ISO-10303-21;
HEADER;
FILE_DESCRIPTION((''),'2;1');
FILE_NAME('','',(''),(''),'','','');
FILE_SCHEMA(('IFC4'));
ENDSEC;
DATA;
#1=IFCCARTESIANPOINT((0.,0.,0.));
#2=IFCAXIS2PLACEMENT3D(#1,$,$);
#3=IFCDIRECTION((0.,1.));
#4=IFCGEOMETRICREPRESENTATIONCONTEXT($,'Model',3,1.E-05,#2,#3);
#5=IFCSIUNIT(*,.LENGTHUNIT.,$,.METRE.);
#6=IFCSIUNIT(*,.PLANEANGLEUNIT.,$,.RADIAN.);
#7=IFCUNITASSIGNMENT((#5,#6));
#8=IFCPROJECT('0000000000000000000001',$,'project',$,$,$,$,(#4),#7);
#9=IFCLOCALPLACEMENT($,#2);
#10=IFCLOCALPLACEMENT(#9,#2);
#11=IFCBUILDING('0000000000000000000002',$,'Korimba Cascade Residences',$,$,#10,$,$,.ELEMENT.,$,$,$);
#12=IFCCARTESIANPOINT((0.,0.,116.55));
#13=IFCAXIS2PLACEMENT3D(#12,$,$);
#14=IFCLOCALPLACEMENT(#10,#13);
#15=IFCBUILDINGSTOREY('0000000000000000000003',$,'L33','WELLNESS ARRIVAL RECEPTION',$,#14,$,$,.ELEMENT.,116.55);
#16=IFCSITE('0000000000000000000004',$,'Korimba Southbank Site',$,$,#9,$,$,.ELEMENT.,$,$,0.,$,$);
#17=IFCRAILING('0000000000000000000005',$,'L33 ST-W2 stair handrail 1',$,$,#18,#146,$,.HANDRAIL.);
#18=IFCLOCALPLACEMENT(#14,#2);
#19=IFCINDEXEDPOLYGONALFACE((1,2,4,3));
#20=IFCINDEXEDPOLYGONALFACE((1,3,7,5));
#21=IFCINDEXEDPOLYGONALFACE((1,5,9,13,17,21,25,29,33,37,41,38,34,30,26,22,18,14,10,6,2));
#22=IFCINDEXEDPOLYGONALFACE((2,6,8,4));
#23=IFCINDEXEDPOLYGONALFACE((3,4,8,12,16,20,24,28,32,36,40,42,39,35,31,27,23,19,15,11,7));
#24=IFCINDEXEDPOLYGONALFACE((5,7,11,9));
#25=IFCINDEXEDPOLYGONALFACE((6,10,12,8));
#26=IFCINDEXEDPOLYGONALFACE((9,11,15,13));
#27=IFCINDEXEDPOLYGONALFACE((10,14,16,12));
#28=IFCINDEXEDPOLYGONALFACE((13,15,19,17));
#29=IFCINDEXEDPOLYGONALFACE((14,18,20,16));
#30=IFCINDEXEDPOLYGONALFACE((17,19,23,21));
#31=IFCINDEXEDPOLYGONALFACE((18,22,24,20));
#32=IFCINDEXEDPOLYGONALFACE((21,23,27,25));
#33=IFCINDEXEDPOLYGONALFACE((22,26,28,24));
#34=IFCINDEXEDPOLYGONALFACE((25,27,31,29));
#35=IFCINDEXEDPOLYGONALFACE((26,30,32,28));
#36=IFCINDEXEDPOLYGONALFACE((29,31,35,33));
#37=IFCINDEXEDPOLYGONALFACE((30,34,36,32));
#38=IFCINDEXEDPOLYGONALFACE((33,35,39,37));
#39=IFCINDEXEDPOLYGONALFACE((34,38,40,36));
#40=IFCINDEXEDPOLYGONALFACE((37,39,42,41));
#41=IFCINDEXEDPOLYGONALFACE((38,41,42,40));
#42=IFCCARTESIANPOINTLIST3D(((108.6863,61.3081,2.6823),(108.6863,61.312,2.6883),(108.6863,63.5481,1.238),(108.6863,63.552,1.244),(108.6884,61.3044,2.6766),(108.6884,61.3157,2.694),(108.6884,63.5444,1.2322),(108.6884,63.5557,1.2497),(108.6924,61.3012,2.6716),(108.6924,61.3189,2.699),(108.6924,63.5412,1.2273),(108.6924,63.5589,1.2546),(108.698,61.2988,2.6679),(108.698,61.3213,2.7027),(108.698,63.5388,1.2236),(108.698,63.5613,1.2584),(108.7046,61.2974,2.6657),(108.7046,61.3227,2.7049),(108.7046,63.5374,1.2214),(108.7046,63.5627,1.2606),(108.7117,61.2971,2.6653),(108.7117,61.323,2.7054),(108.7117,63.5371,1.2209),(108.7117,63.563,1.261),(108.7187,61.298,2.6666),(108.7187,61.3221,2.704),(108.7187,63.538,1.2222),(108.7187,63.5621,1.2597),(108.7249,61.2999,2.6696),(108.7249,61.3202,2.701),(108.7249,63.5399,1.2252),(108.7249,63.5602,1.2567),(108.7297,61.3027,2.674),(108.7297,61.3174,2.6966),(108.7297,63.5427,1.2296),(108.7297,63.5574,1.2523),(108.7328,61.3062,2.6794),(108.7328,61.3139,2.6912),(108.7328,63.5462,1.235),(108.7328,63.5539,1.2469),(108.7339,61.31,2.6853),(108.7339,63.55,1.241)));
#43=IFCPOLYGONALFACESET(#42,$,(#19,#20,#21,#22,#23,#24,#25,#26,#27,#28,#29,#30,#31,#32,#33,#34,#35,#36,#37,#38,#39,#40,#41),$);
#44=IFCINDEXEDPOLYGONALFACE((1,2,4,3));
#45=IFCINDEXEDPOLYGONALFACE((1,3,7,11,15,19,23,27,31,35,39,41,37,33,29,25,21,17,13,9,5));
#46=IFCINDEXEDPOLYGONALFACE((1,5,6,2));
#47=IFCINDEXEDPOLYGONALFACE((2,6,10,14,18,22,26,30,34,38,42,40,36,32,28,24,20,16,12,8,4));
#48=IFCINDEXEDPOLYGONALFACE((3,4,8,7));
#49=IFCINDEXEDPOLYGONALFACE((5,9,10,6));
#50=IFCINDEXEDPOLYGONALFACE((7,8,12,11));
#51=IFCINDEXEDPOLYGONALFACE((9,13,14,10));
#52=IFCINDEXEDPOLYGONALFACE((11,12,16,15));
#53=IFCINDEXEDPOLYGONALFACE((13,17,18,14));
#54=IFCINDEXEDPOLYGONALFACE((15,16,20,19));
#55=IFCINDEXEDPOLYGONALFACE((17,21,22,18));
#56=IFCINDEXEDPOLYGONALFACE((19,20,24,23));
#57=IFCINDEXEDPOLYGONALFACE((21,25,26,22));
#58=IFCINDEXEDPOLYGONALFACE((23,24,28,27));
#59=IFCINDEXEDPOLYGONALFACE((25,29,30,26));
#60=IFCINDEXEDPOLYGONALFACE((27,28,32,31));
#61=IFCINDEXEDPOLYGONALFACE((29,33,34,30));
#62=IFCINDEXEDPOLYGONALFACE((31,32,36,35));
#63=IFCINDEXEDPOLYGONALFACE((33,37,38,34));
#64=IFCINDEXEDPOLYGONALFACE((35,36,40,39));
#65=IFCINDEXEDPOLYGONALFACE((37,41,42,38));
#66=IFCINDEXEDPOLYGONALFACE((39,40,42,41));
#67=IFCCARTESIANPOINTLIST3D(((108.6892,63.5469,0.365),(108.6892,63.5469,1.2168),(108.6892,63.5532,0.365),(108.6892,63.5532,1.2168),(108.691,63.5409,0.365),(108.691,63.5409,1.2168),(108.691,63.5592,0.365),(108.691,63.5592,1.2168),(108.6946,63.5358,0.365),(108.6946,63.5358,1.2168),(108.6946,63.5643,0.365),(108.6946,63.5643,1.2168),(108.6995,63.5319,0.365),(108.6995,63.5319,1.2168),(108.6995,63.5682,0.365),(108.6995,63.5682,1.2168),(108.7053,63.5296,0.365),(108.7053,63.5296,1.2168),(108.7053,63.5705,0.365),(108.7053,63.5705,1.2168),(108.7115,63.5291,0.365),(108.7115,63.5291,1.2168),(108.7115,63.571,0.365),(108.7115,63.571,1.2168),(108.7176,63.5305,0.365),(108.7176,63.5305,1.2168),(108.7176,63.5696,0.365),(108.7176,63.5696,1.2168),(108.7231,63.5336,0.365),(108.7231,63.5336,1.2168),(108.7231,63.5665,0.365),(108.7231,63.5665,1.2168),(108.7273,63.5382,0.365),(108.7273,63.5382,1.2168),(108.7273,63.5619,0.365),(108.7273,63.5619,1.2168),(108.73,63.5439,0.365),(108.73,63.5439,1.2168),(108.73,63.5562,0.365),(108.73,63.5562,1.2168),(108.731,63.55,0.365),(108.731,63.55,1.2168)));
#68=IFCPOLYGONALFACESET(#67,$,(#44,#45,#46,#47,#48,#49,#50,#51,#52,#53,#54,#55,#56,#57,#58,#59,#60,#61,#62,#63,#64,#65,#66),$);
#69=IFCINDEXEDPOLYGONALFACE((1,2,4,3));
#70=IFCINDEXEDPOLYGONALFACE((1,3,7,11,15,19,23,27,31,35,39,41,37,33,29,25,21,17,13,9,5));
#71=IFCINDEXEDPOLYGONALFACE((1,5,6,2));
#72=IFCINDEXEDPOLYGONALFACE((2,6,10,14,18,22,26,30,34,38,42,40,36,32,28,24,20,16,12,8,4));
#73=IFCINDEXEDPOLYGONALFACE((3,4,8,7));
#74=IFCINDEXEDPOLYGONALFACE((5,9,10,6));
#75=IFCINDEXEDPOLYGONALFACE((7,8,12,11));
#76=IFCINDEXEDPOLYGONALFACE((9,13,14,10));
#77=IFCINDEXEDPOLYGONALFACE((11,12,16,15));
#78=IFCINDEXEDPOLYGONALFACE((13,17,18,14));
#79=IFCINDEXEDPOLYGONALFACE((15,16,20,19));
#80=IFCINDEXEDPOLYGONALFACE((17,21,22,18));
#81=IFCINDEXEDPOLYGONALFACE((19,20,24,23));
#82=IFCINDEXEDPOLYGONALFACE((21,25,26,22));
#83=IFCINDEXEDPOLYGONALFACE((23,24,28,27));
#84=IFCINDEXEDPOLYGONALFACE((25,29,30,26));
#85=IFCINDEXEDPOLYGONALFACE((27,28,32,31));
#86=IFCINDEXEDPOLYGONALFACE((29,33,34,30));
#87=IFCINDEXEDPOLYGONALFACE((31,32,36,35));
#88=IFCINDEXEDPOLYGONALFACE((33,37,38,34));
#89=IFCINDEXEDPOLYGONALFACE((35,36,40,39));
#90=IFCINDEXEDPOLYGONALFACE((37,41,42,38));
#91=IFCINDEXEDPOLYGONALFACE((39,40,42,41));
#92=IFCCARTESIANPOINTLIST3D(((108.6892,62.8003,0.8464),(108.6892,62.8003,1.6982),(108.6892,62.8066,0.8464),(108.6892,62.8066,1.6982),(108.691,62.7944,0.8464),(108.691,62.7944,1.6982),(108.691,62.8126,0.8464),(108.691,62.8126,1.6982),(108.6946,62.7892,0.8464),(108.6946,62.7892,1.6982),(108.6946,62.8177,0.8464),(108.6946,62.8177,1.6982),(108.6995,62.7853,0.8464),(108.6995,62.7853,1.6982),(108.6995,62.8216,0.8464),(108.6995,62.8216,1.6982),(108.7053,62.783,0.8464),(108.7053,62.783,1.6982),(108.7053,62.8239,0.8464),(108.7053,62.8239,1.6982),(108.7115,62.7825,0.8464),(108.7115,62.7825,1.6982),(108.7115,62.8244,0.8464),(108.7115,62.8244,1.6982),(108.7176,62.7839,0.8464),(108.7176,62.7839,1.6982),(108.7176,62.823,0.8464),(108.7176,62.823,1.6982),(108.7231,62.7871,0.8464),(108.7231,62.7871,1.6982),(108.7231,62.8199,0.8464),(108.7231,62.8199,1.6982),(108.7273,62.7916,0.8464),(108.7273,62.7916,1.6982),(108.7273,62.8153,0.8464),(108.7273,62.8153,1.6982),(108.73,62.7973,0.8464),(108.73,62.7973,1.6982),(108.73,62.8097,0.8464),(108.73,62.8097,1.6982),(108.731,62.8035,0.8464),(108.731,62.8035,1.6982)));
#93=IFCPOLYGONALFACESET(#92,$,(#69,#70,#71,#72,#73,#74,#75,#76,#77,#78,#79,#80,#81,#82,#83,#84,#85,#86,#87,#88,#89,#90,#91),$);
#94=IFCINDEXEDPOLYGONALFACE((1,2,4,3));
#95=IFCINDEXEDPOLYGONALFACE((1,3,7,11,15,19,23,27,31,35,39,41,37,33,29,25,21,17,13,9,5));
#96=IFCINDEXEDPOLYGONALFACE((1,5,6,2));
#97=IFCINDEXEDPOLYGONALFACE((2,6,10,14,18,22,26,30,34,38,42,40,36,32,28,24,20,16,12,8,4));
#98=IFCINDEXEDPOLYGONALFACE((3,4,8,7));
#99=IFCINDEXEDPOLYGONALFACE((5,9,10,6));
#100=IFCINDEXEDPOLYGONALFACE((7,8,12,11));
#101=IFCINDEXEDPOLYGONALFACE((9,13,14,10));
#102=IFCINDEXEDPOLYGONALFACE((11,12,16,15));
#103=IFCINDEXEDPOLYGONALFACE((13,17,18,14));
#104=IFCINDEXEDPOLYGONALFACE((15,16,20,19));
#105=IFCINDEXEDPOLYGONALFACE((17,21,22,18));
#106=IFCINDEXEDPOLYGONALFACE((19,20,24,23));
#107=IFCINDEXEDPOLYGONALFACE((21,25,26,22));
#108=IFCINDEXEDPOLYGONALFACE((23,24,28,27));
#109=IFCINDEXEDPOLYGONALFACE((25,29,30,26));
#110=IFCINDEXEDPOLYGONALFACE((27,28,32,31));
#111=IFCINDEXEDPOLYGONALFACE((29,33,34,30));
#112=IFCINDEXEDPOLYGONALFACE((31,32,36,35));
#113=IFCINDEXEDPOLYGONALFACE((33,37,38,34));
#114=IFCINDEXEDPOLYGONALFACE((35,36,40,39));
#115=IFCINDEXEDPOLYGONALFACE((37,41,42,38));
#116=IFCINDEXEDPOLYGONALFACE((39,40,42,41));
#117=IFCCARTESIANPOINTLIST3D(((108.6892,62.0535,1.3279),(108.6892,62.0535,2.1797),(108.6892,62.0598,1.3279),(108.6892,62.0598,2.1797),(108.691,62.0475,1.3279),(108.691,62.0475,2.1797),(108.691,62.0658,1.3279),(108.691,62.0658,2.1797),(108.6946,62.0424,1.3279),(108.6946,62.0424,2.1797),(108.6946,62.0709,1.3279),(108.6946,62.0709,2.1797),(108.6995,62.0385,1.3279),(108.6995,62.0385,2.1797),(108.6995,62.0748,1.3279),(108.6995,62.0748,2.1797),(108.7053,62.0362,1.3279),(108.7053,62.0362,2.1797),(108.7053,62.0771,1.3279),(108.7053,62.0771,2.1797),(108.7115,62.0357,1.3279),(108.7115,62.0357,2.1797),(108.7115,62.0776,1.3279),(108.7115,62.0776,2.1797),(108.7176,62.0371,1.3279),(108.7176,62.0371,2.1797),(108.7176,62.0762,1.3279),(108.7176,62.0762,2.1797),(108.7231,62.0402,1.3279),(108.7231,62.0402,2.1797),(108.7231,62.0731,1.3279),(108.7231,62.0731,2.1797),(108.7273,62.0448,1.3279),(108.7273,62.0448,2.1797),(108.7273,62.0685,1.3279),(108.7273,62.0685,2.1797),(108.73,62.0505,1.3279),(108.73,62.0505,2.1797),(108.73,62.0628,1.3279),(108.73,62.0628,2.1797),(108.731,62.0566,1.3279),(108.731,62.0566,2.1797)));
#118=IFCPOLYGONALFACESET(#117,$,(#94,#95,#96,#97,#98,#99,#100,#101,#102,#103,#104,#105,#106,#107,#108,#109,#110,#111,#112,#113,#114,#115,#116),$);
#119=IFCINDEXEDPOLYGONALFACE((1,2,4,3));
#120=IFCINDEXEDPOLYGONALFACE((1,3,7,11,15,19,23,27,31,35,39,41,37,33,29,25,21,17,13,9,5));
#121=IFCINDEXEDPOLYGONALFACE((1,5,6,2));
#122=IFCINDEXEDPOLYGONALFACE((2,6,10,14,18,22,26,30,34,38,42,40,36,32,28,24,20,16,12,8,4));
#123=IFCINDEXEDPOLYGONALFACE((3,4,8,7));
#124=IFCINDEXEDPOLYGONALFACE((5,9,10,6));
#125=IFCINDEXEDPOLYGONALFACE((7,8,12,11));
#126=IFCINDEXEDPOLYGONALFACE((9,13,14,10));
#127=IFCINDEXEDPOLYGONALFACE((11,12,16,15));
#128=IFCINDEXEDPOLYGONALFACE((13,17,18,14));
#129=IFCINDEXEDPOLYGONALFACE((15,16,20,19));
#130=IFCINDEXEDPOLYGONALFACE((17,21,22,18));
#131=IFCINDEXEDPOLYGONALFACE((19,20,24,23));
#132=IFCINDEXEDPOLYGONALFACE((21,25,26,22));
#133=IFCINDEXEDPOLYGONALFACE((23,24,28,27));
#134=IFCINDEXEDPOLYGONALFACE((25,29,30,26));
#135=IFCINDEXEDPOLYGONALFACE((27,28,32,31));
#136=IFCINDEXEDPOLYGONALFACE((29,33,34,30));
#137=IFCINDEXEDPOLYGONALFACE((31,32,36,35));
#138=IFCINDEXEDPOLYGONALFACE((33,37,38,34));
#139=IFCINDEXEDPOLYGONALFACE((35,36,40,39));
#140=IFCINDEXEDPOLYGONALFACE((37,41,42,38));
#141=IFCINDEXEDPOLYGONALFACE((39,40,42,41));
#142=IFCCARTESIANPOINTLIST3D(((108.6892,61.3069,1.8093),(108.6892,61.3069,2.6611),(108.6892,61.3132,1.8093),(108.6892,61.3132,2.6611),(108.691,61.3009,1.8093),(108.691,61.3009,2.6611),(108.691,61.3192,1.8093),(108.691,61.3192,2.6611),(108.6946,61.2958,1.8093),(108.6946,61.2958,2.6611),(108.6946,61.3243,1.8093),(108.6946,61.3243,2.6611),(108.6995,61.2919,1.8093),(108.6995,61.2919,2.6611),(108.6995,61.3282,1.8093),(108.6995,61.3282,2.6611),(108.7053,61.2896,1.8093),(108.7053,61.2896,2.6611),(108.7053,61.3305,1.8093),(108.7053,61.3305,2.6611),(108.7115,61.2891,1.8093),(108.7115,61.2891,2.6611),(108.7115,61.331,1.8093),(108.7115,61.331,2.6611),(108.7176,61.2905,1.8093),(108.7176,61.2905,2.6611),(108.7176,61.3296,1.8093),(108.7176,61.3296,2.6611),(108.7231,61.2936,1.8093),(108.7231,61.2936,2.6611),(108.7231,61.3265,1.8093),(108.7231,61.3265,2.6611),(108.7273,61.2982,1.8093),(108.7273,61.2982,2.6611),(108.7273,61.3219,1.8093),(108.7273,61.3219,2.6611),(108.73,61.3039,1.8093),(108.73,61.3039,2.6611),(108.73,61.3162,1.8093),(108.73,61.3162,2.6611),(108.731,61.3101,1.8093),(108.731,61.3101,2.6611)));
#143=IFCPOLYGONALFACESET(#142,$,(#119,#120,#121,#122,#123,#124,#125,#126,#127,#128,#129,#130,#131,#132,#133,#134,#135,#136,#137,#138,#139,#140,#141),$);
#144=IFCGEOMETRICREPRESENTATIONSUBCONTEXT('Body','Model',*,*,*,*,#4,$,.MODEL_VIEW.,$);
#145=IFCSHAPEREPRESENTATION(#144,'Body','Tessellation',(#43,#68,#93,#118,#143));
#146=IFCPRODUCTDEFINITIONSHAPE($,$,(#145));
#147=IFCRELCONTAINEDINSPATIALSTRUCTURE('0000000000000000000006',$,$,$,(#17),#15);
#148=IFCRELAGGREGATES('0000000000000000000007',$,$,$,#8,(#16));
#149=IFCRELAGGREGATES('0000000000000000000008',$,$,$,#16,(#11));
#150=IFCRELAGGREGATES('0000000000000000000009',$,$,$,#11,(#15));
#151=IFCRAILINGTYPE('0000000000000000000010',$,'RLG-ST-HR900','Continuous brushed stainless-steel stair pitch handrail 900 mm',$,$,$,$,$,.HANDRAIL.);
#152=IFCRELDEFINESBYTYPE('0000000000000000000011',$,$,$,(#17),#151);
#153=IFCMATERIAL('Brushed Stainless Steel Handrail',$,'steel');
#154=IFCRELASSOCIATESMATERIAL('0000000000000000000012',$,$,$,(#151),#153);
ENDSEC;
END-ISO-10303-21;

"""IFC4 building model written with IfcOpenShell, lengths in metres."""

from ifc_helpers import new_model, si_unit, direction, frame, origin, origin_2d, place, context, subcontext, project, spatial, circle, extrude, material, type_object, element, save


model = new_model("IFC4")

# Units and contexts
model_context = context("Model", 3, precision=1e-05, world=origin(), true_north=direction((0.0, 1.0)))
body_context = subcontext(model_context, "Body", "Model", "MODEL_VIEW")
ifc_project = project(units=[si_unit("LENGTHUNIT", "METRE"), si_unit("PLANEANGLEUNIT", "RADIAN")], contexts=[model_context])

# Site, building, storey
site_placement = place(None, origin())
site = spatial("IfcSite", under=ifc_project, at=site_placement, Name="Korimba Southbank Site", CompositionType="ELEMENT", RefElevation=0.0)
building_placement = place(site_placement, origin())
building = spatial("IfcBuilding", under=site, at=building_placement, Name="Korimba Cascade Residences", CompositionType="ELEMENT")
storey_placement = place(building_placement, frame((0.0, 0.0, 116.55)))
storey = spatial("IfcBuildingStorey", under=building, at=storey_placement, Name="L33", Description="WELLNESS ARRIVAL RECEPTION", CompositionType="ELEMENT", Elevation=116.55)

# Railing
ifc_material_1 = material(Name="Brushed Stainless Steel Handrail", Category="steel")
railing_type_1 = type_object("IfcRailingType", Name="RLG-ST-HR900", Description="Continuous brushed stainless-steel stair pitch handrail 900 mm", PredefinedType="HANDRAIL", material=ifc_material_1)
railing_1_placement = place(storey_placement, frame((108.71, 63.55, 0.365)))
element("IfcRailing", 1, at=railing_1_placement, inside=storey, type_object=railing_type_1, Name="L33 ST-W2 stair handrail 1", PredefinedType="HANDRAIL", context=body_context, shape_type="SweptSolid", body=[
    extrude(circle(Radius=0.0239, at=origin_2d()), frame((0.0, 0.0, 0.876), z_axis=(0.0, -0.840437, 0.54191), x_axis=(1.0, 0.0, 0.0)), (0.0, 0.0, 1.0), 2.6653),
    extrude(circle(Radius=0.021, at=origin_2d()), origin(), (0.0, 0.0, 1.0), 0.8518),
    extrude(circle(Radius=0.021, at=origin_2d()), frame((0.0, -0.7466, 0.4814)), (0.0, 0.0, 1.0), 0.8518),
    extrude(circle(Radius=0.021, at=origin_2d()), frame((0.0, -1.4934, 0.9629)), (0.0, 0.0, 1.0), 0.8518),
    extrude(circle(Radius=0.021, at=origin_2d()), frame((0.0, -2.24, 1.4443)), (0.0, 0.0, 1.0), 0.8518),
])

save(model, "model.ifc")
